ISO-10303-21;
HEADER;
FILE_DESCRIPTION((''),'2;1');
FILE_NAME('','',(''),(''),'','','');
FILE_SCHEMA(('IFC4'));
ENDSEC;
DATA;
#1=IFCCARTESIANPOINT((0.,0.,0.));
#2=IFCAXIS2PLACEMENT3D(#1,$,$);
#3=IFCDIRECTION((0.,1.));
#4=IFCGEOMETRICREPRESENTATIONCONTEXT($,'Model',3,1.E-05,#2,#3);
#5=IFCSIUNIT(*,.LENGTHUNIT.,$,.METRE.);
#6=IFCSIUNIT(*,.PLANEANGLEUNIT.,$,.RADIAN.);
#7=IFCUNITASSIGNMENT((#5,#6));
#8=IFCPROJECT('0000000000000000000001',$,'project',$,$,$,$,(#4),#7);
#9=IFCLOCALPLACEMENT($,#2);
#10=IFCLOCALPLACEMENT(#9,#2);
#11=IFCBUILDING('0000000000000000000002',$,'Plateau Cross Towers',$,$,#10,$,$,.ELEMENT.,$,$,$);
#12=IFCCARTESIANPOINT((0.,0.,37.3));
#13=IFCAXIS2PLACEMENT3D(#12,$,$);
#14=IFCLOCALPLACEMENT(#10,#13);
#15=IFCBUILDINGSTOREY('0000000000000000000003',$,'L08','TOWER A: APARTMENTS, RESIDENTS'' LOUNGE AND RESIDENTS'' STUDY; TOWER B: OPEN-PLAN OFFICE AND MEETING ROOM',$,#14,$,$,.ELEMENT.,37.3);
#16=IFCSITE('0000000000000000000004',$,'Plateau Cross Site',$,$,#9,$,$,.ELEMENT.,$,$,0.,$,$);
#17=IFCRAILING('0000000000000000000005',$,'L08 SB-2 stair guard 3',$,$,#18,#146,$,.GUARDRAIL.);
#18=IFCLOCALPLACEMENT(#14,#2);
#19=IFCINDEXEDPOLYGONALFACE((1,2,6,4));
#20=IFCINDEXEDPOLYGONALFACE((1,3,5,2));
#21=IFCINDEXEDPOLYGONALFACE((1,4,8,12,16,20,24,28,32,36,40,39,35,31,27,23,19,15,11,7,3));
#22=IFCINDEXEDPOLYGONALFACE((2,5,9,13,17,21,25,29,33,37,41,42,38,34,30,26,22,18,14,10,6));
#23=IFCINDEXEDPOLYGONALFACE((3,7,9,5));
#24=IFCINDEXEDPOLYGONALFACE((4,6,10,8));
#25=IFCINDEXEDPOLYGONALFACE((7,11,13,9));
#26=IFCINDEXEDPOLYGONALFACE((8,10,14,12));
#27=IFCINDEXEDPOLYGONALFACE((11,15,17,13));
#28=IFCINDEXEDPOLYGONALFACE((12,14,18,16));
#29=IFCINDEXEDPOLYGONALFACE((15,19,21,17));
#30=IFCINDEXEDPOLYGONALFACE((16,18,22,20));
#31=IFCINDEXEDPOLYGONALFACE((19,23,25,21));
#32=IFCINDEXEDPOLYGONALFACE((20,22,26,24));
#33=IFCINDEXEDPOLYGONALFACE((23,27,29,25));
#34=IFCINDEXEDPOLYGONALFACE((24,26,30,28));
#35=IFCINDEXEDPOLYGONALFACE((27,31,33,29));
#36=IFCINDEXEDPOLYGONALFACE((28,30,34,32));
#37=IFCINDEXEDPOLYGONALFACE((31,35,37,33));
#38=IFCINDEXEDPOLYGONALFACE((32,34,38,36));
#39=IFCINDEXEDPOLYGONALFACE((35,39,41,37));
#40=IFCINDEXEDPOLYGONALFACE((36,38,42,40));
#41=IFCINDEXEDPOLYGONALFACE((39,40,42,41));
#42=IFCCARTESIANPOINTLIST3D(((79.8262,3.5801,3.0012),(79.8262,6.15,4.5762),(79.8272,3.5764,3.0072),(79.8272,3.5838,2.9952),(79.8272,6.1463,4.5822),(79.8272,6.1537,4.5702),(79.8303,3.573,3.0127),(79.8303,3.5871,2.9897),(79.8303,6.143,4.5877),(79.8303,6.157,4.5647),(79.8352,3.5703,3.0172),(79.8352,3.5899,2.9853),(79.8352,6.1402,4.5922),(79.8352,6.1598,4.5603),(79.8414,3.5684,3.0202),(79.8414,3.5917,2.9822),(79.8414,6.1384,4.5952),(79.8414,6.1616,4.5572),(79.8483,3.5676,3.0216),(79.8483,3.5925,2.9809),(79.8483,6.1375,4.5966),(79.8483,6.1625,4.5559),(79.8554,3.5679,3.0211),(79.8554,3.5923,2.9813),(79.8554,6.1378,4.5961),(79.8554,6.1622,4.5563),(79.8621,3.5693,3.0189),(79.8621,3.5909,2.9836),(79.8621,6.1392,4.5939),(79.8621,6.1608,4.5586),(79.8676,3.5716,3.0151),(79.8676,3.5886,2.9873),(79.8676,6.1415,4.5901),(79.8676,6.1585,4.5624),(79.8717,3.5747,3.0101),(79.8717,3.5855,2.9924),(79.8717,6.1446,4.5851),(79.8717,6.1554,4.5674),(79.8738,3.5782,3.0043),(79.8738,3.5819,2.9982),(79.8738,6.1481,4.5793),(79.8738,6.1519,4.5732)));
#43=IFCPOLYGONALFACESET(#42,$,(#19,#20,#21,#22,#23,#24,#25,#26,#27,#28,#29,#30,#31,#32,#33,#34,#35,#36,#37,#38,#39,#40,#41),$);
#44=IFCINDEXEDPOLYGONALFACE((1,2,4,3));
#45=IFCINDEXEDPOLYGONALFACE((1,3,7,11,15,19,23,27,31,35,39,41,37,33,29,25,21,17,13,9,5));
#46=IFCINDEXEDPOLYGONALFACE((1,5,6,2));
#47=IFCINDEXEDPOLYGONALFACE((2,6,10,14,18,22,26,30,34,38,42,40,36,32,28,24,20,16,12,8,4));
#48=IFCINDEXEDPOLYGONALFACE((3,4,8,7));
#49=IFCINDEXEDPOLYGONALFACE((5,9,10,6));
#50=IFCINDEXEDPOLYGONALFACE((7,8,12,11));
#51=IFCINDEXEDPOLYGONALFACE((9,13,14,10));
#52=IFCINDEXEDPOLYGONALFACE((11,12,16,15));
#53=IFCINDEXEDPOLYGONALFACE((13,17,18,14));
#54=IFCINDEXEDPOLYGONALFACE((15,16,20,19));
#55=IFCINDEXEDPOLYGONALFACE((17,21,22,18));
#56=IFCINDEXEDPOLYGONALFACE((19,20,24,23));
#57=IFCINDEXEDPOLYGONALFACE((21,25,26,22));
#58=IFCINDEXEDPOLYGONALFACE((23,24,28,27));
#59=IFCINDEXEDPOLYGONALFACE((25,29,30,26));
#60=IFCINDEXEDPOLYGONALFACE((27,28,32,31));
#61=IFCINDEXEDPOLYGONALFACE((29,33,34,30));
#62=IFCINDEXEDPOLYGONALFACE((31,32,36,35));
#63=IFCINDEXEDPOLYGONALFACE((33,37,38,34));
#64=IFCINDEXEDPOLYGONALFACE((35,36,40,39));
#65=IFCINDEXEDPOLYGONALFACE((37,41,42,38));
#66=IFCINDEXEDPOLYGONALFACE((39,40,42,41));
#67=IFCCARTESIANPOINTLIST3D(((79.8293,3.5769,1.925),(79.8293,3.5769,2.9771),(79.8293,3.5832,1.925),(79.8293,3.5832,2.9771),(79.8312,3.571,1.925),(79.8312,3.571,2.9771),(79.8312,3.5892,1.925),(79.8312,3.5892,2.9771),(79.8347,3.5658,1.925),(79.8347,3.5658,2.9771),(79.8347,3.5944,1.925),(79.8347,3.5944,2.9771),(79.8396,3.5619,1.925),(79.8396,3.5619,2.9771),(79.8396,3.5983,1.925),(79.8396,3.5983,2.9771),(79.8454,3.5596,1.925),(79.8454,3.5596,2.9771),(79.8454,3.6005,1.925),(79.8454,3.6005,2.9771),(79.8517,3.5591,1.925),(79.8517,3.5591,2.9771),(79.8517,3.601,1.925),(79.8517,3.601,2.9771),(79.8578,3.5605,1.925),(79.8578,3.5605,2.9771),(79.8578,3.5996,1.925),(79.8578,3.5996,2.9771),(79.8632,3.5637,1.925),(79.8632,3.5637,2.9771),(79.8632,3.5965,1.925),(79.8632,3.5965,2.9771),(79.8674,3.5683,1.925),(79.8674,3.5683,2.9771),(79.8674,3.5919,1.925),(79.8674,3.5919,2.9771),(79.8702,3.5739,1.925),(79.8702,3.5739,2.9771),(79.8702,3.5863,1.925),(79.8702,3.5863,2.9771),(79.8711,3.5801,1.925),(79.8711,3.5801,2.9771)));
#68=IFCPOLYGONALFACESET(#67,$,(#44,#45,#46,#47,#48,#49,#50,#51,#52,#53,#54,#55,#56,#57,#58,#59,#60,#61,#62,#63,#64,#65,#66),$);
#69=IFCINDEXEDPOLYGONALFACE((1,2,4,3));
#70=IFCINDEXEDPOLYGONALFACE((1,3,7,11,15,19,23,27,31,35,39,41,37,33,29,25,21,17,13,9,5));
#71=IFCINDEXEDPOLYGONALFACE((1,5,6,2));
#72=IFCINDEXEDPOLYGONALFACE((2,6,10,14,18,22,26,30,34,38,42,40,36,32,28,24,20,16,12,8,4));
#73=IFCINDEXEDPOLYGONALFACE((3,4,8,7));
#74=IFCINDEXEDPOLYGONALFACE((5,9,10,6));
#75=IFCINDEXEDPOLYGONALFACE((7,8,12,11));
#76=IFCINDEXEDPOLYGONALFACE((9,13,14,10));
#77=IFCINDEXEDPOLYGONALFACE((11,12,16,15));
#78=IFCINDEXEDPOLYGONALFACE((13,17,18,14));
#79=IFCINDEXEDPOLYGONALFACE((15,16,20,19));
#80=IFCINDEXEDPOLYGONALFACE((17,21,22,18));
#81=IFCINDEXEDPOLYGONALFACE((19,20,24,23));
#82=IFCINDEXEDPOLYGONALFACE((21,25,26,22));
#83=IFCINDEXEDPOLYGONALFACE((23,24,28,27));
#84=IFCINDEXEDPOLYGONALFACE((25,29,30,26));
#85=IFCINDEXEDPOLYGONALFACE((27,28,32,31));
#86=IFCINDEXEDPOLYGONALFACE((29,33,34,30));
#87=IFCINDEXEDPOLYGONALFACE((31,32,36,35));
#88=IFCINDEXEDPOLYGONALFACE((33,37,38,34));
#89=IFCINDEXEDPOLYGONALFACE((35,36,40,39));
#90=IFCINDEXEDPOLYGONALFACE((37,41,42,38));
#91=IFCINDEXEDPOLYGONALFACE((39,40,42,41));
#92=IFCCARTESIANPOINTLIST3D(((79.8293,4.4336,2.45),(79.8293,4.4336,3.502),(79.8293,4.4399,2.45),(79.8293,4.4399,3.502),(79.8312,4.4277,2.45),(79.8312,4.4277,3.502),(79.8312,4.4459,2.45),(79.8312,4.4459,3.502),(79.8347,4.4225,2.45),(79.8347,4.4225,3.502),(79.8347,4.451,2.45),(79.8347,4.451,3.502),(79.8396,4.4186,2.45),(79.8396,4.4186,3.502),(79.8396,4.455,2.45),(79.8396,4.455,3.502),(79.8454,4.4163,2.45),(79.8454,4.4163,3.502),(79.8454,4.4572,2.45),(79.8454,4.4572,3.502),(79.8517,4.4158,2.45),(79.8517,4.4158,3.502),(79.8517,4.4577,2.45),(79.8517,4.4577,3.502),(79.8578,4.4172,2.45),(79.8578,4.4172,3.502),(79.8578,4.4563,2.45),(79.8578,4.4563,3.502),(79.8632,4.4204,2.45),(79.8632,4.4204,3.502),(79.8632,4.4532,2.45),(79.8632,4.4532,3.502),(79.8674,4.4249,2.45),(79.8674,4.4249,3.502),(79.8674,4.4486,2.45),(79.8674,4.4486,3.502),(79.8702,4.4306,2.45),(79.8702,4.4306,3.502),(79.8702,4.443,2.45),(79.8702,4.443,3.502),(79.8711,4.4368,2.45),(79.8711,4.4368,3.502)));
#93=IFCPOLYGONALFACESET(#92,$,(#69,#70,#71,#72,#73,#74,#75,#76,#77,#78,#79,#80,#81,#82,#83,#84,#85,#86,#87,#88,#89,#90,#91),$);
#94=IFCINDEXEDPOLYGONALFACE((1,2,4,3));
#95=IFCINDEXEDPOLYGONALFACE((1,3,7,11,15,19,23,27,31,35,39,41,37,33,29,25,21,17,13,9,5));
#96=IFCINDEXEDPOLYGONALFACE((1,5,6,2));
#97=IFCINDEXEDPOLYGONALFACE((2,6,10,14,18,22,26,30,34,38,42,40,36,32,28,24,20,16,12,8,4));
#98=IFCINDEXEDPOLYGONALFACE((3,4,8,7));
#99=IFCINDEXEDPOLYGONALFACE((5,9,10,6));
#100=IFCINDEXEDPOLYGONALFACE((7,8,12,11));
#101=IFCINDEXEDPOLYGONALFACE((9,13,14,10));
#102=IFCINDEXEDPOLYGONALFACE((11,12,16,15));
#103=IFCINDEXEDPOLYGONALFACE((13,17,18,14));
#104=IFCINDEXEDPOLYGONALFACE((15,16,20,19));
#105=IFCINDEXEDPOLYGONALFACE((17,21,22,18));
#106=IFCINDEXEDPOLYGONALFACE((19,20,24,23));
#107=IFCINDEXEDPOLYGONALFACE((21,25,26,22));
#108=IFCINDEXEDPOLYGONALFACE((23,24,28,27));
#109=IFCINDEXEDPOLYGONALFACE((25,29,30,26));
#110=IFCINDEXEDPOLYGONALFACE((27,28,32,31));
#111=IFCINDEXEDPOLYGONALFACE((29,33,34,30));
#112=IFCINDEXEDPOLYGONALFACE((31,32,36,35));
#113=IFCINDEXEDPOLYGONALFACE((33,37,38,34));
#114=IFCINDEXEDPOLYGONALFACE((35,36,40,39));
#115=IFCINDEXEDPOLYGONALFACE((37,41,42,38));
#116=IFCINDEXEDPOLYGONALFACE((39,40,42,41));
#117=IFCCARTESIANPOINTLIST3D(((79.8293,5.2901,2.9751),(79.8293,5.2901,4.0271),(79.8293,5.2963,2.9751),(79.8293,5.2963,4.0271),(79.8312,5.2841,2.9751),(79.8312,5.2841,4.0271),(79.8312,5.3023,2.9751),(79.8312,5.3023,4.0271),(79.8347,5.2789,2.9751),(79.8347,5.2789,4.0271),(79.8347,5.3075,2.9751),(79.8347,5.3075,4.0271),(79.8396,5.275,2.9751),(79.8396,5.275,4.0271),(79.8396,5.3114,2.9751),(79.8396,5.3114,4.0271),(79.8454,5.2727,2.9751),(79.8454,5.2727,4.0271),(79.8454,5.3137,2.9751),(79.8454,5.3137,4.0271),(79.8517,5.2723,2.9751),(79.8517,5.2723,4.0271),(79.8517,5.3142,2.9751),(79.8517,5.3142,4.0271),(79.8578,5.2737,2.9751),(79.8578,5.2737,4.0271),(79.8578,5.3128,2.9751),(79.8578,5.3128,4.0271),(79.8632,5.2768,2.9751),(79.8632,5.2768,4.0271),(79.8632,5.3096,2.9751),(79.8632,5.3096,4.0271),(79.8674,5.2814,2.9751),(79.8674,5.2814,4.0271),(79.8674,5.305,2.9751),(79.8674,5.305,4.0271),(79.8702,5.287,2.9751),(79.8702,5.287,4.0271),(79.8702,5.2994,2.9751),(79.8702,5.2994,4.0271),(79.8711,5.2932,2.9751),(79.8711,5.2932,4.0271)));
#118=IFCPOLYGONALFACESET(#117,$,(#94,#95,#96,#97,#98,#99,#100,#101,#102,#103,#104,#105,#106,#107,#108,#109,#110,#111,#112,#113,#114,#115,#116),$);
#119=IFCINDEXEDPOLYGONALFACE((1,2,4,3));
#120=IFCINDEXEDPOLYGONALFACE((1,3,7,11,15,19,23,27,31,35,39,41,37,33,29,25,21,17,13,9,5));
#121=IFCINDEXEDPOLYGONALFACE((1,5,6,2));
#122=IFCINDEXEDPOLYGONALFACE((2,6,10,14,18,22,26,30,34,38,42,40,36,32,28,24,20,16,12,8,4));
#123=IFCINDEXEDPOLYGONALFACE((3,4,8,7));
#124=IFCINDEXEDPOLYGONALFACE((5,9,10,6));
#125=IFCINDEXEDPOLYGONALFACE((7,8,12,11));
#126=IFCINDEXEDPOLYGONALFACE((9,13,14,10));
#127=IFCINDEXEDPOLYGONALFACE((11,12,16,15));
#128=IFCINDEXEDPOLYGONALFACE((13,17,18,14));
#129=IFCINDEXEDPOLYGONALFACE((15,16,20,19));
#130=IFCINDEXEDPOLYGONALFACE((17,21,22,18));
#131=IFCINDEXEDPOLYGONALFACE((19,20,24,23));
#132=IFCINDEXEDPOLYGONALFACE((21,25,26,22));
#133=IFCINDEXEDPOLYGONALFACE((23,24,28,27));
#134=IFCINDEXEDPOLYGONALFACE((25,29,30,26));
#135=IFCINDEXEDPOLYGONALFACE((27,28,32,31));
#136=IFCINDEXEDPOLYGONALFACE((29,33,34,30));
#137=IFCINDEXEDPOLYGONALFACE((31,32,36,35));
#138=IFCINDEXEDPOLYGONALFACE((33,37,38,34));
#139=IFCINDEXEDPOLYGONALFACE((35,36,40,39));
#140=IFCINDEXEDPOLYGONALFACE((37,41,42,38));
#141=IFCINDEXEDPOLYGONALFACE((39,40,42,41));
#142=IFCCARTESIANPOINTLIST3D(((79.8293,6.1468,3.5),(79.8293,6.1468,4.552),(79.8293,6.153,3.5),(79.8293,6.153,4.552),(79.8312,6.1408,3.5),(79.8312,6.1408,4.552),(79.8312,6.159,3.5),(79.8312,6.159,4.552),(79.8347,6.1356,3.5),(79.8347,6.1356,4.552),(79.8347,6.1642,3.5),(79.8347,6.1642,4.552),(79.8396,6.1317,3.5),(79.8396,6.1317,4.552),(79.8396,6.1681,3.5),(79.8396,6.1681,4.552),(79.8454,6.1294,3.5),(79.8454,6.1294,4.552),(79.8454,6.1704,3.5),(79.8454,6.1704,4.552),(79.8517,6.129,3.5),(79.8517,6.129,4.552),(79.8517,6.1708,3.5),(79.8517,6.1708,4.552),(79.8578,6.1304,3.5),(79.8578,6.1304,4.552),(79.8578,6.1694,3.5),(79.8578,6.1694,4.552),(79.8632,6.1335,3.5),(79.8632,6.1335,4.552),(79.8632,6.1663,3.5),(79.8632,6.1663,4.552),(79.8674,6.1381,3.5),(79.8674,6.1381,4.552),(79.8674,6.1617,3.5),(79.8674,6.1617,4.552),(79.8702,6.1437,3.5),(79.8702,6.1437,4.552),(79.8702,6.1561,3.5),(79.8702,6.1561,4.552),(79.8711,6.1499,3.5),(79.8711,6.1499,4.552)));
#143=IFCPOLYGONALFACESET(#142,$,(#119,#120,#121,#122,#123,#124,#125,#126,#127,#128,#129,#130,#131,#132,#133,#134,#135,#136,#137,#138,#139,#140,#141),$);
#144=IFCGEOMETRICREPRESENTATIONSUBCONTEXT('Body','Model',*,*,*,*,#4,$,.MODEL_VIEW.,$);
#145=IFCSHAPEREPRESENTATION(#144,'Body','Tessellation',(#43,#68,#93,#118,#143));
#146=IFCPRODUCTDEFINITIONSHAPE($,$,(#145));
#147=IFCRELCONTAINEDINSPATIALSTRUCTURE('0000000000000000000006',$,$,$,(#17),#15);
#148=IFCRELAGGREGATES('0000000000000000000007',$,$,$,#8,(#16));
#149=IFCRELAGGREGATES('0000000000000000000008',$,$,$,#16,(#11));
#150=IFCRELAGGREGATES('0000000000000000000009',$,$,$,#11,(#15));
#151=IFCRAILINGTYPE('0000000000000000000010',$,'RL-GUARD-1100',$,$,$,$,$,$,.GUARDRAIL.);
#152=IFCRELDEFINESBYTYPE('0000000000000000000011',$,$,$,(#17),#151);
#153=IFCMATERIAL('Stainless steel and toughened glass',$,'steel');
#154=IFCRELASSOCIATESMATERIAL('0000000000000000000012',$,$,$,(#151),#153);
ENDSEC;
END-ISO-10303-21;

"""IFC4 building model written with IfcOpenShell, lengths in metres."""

from ifc_helpers import new_model, si_unit, direction, frame, origin, origin_2d, place, context, subcontext, project, spatial, circle, extrude, material, type_object, element, save


model = new_model("IFC4")

# Units and contexts
model_context = context("Model", 3, precision=1e-05, world=origin(), true_north=direction((0.0, 1.0)))
body_context = subcontext(model_context, "Body", "Model", "MODEL_VIEW")
ifc_project = project(units=[si_unit("LENGTHUNIT", "METRE"), si_unit("PLANEANGLEUNIT", "RADIAN")], contexts=[model_context])

# Site, building, storey
site_placement = place(None, origin())
site = spatial("IfcSite", under=ifc_project, at=site_placement, Name="Plateau Cross Site", CompositionType="ELEMENT", RefElevation=0.0)
building_placement = place(site_placement, origin())
building = spatial("IfcBuilding", under=site, at=building_placement, Name="Plateau Cross Towers", CompositionType="ELEMENT")
storey_placement = place(building_placement, frame((0.0, 0.0, 37.3)))
storey = spatial("IfcBuildingStorey", under=building, at=storey_placement, Name="L08", Description="TOWER A: APARTMENTS, RESIDENTS' LOUNGE AND RESIDENTS' STUDY; TOWER B: OPEN-PLAN OFFICE AND MEETING ROOM", CompositionType="ELEMENT", Elevation=37.3)

# Railing
ifc_material_1 = material(Name="Stainless steel and toughened glass", Category="steel")
railing_type_1 = type_object("IfcRailingType", Name="RL-GUARD-1100", PredefinedType="GUARDRAIL", material=ifc_material_1)
railing_1_placement = place(storey_placement, frame((79.8501, 3.5801, 1.925)))
element("IfcRailing", 1, at=railing_1_placement, inside=storey, type_object=railing_type_1, Name="L08 SB-2 stair guard 3", PredefinedType="GUARDRAIL", context=body_context, shape_type="SweptSolid", body=[
    extrude(circle(Radius=0.0239, at=origin_2d()), frame((0.0, 0.0, 1.0762), z_axis=(0.0, 0.852616, 0.522537), x_axis=(-1.0, 0.0, 0.0)), (0.0, 0.0, 1.0), 3.0142),
    extrude(circle(Radius=0.021, at=origin_2d()), origin(), (0.0, 0.0, 1.0), 1.052),
    extrude(circle(Radius=0.021, at=origin_2d()), frame((0.0, 0.8567, 0.5249)), (0.0, 0.0, 1.0), 1.052),
    extrude(circle(Radius=0.021, at=origin_2d()), frame((0.0, 1.7131, 1.05)), (0.0, 0.0, 1.0), 1.052),
    extrude(circle(Radius=0.021, at=origin_2d()), frame((0.0, 2.5698, 1.575)), (0.0, 0.0, 1.0), 1.052),
])

save(model, "model.ifc")
